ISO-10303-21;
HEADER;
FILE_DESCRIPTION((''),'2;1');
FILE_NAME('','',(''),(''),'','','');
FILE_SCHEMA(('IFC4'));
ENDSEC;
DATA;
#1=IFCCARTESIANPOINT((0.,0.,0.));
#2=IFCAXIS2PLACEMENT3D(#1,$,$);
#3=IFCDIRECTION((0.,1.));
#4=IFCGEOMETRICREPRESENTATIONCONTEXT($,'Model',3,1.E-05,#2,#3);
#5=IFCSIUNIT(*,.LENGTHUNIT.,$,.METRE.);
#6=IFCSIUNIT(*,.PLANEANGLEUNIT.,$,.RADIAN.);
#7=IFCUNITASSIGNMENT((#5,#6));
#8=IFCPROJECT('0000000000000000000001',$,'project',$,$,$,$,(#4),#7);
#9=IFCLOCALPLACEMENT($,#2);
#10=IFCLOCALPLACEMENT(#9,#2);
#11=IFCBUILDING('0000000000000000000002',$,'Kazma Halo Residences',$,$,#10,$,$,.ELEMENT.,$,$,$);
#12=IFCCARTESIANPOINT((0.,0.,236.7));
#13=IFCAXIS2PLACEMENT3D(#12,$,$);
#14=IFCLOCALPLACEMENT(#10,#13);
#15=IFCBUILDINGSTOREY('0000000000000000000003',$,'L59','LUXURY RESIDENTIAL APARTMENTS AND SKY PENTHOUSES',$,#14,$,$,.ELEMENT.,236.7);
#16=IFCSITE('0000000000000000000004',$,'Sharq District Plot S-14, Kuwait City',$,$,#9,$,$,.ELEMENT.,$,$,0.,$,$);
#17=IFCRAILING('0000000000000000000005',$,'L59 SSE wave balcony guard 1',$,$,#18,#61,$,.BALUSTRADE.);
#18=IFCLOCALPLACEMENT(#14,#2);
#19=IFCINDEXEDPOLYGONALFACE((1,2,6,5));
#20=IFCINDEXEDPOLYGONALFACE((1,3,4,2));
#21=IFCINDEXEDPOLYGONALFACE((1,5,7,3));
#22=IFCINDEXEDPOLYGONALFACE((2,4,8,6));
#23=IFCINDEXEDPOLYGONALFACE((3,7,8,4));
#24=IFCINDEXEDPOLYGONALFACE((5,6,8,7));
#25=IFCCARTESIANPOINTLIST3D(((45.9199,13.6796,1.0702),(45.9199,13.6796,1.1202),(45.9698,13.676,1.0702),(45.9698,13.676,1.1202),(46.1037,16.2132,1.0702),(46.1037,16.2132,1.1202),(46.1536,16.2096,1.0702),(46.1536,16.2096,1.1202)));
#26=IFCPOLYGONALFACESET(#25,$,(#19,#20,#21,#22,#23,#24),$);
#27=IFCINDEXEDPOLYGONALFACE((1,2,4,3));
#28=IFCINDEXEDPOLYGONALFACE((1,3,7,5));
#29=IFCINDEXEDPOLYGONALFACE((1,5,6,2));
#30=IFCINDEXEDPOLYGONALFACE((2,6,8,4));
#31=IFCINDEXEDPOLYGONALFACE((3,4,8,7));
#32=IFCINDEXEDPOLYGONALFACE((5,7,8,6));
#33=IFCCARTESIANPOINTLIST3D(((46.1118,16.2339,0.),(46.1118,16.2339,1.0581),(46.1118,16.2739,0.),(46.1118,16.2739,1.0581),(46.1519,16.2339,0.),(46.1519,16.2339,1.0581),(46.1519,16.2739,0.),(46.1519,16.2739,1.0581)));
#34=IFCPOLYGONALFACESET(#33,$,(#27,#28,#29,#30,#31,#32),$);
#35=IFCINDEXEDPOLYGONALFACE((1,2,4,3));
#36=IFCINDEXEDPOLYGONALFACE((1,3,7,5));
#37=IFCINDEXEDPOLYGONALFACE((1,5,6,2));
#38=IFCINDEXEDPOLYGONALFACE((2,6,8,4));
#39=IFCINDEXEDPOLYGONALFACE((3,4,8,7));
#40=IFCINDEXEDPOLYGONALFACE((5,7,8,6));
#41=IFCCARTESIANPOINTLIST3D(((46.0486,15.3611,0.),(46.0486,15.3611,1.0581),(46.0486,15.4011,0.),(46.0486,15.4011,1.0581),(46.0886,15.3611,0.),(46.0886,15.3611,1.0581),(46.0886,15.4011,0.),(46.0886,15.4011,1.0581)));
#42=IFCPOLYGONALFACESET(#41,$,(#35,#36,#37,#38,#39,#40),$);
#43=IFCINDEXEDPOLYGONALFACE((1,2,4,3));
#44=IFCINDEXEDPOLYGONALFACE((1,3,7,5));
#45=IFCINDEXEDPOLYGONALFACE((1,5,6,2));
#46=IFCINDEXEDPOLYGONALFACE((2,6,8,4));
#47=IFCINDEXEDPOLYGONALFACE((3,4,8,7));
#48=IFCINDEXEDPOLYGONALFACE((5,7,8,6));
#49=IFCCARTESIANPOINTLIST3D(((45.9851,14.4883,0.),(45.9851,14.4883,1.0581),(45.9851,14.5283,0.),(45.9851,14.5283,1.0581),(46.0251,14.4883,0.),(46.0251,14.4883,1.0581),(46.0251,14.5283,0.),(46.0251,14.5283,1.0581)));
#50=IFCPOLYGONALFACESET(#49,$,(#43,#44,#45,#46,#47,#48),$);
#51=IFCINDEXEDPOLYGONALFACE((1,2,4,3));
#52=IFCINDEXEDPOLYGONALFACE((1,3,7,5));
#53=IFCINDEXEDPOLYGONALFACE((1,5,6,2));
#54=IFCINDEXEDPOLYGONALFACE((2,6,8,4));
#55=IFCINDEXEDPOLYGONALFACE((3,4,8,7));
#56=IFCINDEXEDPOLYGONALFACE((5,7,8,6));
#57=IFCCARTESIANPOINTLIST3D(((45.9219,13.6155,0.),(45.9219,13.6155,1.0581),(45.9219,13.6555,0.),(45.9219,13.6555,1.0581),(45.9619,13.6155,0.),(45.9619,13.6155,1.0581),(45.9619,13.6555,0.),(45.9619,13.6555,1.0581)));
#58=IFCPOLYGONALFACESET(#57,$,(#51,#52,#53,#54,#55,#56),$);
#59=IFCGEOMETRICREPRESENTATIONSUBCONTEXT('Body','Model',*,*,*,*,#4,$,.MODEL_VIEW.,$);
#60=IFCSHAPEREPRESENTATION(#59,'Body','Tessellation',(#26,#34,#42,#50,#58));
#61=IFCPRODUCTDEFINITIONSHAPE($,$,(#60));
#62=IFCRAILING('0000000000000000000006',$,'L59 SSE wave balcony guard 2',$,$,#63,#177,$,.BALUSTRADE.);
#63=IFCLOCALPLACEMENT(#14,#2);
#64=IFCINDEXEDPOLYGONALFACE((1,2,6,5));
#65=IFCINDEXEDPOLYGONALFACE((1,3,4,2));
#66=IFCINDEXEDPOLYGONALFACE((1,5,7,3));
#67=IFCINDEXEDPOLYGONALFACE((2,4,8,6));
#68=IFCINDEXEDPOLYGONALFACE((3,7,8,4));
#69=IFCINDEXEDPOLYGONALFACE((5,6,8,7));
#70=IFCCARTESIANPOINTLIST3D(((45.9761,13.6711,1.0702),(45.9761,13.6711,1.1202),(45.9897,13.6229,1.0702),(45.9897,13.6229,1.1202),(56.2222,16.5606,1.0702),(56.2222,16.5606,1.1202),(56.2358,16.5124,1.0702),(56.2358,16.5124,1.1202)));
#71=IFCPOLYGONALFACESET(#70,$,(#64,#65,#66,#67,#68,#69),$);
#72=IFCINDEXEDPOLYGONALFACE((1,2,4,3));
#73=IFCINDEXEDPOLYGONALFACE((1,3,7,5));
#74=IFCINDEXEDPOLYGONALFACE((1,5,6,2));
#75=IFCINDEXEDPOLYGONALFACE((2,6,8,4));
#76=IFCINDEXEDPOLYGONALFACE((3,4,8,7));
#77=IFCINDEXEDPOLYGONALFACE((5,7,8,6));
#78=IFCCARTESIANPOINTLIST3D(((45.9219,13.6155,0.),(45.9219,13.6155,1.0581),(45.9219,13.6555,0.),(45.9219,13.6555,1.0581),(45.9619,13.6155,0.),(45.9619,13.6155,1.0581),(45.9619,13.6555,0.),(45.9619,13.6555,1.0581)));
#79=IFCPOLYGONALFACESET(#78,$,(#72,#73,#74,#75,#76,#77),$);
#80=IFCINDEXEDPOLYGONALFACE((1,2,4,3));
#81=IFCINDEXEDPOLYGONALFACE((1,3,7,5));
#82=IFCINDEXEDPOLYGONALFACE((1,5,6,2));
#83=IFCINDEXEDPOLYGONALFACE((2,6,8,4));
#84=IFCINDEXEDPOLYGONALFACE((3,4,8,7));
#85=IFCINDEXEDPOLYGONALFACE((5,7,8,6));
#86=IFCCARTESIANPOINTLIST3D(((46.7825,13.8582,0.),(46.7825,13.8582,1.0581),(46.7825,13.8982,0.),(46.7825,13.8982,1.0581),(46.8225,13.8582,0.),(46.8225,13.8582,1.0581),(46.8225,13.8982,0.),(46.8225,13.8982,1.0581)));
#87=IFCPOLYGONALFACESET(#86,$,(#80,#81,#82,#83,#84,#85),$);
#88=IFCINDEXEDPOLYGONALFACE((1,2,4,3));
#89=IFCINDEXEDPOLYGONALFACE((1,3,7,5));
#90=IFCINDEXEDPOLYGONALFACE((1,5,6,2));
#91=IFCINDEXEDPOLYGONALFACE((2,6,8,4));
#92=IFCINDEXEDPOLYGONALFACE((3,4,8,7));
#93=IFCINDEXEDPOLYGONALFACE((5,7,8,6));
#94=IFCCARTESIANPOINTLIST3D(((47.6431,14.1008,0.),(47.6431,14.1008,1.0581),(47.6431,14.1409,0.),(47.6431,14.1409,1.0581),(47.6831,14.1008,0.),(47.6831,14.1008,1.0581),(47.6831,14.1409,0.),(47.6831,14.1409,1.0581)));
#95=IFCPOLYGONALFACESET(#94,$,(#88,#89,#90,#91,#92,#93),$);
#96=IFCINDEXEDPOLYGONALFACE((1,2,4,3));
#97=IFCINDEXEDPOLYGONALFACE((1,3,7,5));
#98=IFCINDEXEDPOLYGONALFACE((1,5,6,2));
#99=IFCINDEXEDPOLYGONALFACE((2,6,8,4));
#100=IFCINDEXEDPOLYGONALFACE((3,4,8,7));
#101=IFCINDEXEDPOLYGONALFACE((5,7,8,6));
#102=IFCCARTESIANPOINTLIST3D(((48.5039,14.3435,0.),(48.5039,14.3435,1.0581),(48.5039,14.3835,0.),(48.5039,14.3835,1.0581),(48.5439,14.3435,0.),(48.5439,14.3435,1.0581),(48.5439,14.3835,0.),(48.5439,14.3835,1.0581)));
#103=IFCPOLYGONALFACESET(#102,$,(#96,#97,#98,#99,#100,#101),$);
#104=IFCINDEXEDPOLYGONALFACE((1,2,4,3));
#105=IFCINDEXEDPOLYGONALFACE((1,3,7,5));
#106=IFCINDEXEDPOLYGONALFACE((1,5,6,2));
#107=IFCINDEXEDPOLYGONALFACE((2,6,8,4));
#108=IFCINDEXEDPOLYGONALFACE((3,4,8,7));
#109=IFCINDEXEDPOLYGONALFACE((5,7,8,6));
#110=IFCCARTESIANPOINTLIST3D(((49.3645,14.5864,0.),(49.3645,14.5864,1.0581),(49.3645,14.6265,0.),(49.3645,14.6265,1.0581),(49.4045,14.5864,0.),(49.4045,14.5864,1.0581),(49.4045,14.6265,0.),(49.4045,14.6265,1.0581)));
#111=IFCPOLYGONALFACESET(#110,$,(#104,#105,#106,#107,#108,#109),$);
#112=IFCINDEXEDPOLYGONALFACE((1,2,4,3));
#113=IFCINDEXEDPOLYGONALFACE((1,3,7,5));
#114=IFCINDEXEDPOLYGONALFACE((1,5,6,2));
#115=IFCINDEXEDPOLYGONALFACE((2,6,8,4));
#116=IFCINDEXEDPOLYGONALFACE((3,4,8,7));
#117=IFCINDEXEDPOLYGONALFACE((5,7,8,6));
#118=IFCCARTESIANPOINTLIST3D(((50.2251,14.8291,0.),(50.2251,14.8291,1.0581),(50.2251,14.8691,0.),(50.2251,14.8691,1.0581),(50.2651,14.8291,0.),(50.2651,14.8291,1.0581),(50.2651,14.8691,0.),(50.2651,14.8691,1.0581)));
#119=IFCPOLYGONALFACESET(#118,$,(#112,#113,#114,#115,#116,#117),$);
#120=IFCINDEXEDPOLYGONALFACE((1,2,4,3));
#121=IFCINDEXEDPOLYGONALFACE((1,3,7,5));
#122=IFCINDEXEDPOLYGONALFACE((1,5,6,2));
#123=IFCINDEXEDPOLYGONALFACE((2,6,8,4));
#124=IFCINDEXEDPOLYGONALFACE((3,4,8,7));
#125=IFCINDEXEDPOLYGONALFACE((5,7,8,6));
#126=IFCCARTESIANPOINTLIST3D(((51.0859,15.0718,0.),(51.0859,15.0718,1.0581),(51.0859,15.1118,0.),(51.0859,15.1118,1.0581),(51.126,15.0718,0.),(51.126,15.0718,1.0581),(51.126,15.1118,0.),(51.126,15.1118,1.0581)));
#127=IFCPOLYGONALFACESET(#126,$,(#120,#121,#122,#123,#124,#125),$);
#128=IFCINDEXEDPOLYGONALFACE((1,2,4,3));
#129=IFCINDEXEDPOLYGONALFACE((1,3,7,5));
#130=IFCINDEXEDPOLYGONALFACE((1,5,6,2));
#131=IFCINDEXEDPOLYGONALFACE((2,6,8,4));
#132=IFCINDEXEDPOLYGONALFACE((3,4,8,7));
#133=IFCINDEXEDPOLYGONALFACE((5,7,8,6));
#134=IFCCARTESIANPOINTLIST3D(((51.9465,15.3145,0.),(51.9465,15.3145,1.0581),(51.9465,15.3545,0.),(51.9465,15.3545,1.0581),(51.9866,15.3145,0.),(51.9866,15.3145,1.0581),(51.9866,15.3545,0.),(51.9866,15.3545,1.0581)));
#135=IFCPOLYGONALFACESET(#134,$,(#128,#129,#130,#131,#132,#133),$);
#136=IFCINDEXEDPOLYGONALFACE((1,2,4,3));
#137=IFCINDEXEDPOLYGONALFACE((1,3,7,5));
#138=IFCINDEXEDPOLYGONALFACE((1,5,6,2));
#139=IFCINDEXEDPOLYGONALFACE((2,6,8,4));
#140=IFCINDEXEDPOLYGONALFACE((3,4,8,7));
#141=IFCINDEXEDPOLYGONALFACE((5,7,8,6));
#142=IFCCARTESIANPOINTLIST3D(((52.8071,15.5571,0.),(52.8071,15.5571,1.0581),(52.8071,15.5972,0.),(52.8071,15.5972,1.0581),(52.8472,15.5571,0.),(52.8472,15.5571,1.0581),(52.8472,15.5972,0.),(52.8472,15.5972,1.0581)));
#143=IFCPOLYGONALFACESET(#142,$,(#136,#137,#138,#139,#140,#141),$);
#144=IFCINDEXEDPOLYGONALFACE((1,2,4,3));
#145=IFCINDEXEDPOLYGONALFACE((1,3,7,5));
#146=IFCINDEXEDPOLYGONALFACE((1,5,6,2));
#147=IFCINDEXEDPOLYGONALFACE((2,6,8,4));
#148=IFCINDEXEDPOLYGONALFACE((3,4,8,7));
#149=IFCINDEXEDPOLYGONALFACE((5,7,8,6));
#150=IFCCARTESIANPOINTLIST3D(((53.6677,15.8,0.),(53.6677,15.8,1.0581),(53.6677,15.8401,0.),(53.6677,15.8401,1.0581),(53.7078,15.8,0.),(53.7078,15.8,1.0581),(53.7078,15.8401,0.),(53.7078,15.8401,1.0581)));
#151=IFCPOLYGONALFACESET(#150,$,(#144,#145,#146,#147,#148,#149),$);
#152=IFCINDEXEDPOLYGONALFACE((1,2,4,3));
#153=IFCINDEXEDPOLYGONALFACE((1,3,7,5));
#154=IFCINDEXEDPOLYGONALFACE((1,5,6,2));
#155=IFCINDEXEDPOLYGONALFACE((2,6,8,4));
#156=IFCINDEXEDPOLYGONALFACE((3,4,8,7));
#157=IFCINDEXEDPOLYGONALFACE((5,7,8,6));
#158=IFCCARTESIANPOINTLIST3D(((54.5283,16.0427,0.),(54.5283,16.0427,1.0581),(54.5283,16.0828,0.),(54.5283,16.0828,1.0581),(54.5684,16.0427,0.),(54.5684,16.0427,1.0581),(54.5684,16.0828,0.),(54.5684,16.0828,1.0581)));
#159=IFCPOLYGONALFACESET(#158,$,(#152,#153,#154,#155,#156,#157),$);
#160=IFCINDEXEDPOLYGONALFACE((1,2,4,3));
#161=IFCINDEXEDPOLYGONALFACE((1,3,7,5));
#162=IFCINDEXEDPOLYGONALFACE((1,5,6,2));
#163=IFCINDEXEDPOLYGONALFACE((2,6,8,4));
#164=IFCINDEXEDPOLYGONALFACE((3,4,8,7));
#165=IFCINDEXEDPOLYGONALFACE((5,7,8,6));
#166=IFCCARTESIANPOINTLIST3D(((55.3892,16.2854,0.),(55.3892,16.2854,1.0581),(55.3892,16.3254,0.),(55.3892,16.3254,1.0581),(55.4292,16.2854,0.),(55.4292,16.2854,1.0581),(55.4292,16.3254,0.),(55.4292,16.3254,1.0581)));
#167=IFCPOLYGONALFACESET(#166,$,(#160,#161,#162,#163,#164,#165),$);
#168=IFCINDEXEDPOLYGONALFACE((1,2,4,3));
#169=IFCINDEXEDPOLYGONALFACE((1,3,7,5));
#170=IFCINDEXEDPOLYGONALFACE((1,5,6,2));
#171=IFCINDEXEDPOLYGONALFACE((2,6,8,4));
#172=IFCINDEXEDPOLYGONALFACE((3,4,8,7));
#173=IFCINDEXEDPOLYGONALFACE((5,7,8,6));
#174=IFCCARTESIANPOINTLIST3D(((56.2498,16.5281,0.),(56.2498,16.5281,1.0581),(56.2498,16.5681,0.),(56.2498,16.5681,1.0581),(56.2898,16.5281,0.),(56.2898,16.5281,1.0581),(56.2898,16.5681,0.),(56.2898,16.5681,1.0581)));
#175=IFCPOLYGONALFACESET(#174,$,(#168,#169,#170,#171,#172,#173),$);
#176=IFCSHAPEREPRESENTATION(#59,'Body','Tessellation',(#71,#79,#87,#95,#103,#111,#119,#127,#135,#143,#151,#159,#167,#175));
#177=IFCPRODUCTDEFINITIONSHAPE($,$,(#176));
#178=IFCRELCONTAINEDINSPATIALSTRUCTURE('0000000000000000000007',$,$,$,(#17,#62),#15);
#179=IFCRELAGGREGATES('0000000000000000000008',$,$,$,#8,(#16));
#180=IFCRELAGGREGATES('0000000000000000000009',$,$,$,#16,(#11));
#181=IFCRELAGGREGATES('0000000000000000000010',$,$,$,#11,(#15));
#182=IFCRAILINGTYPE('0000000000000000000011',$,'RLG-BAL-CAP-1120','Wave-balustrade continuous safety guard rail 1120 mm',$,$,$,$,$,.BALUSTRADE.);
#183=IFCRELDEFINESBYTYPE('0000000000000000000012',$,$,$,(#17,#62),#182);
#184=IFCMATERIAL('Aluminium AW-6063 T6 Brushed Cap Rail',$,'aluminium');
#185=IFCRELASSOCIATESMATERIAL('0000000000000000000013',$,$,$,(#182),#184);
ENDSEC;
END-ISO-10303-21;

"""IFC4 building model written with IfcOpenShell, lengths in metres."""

from ifc_helpers import new_model, si_unit, direction, frame, origin, origin_2d, place, context, subcontext, project, spatial, rectangle, extrude, material, type_object, element, save


model = new_model("IFC4")

# Units and contexts
model_context = context("Model", 3, precision=1e-05, world=origin(), true_north=direction((0.0, 1.0)))
body_context = subcontext(model_context, "Body", "Model", "MODEL_VIEW")
ifc_project = project(units=[si_unit("LENGTHUNIT", "METRE"), si_unit("PLANEANGLEUNIT", "RADIAN")], contexts=[model_context])

# Site, building, storey
site_placement = place(None, origin())
site = spatial("IfcSite", under=ifc_project, at=site_placement, Name="Sharq District Plot S-14, Kuwait City", CompositionType="ELEMENT", RefElevation=0.0)
building_placement = place(site_placement, origin())
building = spatial("IfcBuilding", under=site, at=building_placement, Name="Kazma Halo Residences", CompositionType="ELEMENT")
storey_placement = place(building_placement, frame((0.0, 0.0, 236.7)))
storey = spatial("IfcBuildingStorey", under=building, at=storey_placement, Name="L59", Description="LUXURY RESIDENTIAL APARTMENTS AND SKY PENTHOUSES", CompositionType="ELEMENT", Elevation=236.7)

# Railings
ifc_material_1 = material(Name="Aluminium AW-6063 T6 Brushed Cap Rail", Category="aluminium")
railing_type = type_object("IfcRailingType", Name="RLG-BAL-CAP-1120", Description="Wave-balustrade continuous safety guard rail 1120 mm", PredefinedType="BALUSTRADE", material=ifc_material_1)
railing_1_placement = place(storey_placement, frame((46.1318, 16.2539, 0.0)))
element("IfcRailing", 1, at=railing_1_placement, inside=storey, type_object=railing_type, Name="L59 SSE wave balcony guard 1", PredefinedType="BALUSTRADE", context=body_context, shape_type="SweptSolid", body=[
    extrude(rectangle(XDim=0.05, YDim=0.05, at=origin_2d()), frame((-0.0032, -0.0425, 1.0952), z_axis=(-0.072351, -0.997379, 0.0), x_axis=(0.997379, -0.072351, 0.0)), (0.0, 0.0, 1.0), 2.5403),
    extrude(rectangle(XDim=0.04, YDim=0.04, at=origin_2d()), origin(), (0.0, 0.0, 1.0), 1.0581),
    extrude(rectangle(XDim=0.04, YDim=0.04, at=origin_2d()), frame((-0.0632, -0.8728, 0.0)), (0.0, 0.0, 1.0), 1.0581),
    extrude(rectangle(XDim=0.04, YDim=0.04, at=origin_2d()), frame((-0.1267, -1.7456, 0.0)), (0.0, 0.0, 1.0), 1.0581),
    extrude(rectangle(XDim=0.04, YDim=0.04, at=origin_2d()), frame((-0.1899, -2.6184, 0.0)), (0.0, 0.0, 1.0), 1.0581),
])
railing_2_placement = place(storey_placement, frame((45.9419, 13.6355, 0.0)))
element("IfcRailing", 2, at=railing_2_placement, inside=storey, type_object=railing_type, Name="L59 SSE wave balcony guard 2", PredefinedType="BALUSTRADE", context=body_context, shape_type="SweptSolid", body=[
    extrude(rectangle(XDim=0.05, YDim=0.05, at=origin_2d()), frame((0.041, 0.0115, 1.0952), z_axis=(0.962459, 0.271426, 0.0), x_axis=(-0.271426, 0.962459, 0.0)), (0.0, 0.0, 1.0), 10.6458),
    extrude(rectangle(XDim=0.04, YDim=0.04, at=origin_2d()), origin(), (0.0, 0.0, 1.0), 1.0581),
    extrude(rectangle(XDim=0.04, YDim=0.04, at=origin_2d()), frame((0.8606, 0.2427, 0.0)), (0.0, 0.0, 1.0), 1.0581),
    extrude(rectangle(XDim=0.04, YDim=0.04, at=origin_2d()), frame((1.7212, 0.4854, 0.0)), (0.0, 0.0, 1.0), 1.0581),
    extrude(rectangle(XDim=0.04, YDim=0.04, at=origin_2d()), frame((2.582, 0.728, 0.0)), (0.0, 0.0, 1.0), 1.0581),
    extrude(rectangle(XDim=0.04, YDim=0.04, at=origin_2d()), frame((3.4426, 0.9709, 0.0)), (0.0, 0.0, 1.0), 1.0581),
    extrude(rectangle(XDim=0.04, YDim=0.04, at=origin_2d()), frame((4.3032, 1.2136, 0.0)), (0.0, 0.0, 1.0), 1.0581),
    extrude(rectangle(XDim=0.04, YDim=0.04, at=origin_2d()), frame((5.1641, 1.4563, 0.0)), (0.0, 0.0, 1.0), 1.0581),
    extrude(rectangle(XDim=0.04, YDim=0.04, at=origin_2d()), frame((6.0247, 1.699, 0.0)), (0.0, 0.0, 1.0), 1.0581),
    extrude(rectangle(XDim=0.04, YDim=0.04, at=origin_2d()), frame((6.8853, 1.9417, 0.0)), (0.0, 0.0, 1.0), 1.0581),
    extrude(rectangle(XDim=0.04, YDim=0.04, at=origin_2d()), frame((7.7458, 2.1846, 0.0)), (0.0, 0.0, 1.0), 1.0581),
    extrude(rectangle(XDim=0.04, YDim=0.04, at=origin_2d()), frame((8.6064, 2.4272, 0.0)), (0.0, 0.0, 1.0), 1.0581),
    extrude(rectangle(XDim=0.04, YDim=0.04, at=origin_2d()), frame((9.4673, 2.6699, 0.0)), (0.0, 0.0, 1.0), 1.0581),
    extrude(rectangle(XDim=0.04, YDim=0.04, at=origin_2d()), frame((10.3279, 2.9126, 0.0)), (0.0, 0.0, 1.0), 1.0581),
])

save(model, "model.ifc")
